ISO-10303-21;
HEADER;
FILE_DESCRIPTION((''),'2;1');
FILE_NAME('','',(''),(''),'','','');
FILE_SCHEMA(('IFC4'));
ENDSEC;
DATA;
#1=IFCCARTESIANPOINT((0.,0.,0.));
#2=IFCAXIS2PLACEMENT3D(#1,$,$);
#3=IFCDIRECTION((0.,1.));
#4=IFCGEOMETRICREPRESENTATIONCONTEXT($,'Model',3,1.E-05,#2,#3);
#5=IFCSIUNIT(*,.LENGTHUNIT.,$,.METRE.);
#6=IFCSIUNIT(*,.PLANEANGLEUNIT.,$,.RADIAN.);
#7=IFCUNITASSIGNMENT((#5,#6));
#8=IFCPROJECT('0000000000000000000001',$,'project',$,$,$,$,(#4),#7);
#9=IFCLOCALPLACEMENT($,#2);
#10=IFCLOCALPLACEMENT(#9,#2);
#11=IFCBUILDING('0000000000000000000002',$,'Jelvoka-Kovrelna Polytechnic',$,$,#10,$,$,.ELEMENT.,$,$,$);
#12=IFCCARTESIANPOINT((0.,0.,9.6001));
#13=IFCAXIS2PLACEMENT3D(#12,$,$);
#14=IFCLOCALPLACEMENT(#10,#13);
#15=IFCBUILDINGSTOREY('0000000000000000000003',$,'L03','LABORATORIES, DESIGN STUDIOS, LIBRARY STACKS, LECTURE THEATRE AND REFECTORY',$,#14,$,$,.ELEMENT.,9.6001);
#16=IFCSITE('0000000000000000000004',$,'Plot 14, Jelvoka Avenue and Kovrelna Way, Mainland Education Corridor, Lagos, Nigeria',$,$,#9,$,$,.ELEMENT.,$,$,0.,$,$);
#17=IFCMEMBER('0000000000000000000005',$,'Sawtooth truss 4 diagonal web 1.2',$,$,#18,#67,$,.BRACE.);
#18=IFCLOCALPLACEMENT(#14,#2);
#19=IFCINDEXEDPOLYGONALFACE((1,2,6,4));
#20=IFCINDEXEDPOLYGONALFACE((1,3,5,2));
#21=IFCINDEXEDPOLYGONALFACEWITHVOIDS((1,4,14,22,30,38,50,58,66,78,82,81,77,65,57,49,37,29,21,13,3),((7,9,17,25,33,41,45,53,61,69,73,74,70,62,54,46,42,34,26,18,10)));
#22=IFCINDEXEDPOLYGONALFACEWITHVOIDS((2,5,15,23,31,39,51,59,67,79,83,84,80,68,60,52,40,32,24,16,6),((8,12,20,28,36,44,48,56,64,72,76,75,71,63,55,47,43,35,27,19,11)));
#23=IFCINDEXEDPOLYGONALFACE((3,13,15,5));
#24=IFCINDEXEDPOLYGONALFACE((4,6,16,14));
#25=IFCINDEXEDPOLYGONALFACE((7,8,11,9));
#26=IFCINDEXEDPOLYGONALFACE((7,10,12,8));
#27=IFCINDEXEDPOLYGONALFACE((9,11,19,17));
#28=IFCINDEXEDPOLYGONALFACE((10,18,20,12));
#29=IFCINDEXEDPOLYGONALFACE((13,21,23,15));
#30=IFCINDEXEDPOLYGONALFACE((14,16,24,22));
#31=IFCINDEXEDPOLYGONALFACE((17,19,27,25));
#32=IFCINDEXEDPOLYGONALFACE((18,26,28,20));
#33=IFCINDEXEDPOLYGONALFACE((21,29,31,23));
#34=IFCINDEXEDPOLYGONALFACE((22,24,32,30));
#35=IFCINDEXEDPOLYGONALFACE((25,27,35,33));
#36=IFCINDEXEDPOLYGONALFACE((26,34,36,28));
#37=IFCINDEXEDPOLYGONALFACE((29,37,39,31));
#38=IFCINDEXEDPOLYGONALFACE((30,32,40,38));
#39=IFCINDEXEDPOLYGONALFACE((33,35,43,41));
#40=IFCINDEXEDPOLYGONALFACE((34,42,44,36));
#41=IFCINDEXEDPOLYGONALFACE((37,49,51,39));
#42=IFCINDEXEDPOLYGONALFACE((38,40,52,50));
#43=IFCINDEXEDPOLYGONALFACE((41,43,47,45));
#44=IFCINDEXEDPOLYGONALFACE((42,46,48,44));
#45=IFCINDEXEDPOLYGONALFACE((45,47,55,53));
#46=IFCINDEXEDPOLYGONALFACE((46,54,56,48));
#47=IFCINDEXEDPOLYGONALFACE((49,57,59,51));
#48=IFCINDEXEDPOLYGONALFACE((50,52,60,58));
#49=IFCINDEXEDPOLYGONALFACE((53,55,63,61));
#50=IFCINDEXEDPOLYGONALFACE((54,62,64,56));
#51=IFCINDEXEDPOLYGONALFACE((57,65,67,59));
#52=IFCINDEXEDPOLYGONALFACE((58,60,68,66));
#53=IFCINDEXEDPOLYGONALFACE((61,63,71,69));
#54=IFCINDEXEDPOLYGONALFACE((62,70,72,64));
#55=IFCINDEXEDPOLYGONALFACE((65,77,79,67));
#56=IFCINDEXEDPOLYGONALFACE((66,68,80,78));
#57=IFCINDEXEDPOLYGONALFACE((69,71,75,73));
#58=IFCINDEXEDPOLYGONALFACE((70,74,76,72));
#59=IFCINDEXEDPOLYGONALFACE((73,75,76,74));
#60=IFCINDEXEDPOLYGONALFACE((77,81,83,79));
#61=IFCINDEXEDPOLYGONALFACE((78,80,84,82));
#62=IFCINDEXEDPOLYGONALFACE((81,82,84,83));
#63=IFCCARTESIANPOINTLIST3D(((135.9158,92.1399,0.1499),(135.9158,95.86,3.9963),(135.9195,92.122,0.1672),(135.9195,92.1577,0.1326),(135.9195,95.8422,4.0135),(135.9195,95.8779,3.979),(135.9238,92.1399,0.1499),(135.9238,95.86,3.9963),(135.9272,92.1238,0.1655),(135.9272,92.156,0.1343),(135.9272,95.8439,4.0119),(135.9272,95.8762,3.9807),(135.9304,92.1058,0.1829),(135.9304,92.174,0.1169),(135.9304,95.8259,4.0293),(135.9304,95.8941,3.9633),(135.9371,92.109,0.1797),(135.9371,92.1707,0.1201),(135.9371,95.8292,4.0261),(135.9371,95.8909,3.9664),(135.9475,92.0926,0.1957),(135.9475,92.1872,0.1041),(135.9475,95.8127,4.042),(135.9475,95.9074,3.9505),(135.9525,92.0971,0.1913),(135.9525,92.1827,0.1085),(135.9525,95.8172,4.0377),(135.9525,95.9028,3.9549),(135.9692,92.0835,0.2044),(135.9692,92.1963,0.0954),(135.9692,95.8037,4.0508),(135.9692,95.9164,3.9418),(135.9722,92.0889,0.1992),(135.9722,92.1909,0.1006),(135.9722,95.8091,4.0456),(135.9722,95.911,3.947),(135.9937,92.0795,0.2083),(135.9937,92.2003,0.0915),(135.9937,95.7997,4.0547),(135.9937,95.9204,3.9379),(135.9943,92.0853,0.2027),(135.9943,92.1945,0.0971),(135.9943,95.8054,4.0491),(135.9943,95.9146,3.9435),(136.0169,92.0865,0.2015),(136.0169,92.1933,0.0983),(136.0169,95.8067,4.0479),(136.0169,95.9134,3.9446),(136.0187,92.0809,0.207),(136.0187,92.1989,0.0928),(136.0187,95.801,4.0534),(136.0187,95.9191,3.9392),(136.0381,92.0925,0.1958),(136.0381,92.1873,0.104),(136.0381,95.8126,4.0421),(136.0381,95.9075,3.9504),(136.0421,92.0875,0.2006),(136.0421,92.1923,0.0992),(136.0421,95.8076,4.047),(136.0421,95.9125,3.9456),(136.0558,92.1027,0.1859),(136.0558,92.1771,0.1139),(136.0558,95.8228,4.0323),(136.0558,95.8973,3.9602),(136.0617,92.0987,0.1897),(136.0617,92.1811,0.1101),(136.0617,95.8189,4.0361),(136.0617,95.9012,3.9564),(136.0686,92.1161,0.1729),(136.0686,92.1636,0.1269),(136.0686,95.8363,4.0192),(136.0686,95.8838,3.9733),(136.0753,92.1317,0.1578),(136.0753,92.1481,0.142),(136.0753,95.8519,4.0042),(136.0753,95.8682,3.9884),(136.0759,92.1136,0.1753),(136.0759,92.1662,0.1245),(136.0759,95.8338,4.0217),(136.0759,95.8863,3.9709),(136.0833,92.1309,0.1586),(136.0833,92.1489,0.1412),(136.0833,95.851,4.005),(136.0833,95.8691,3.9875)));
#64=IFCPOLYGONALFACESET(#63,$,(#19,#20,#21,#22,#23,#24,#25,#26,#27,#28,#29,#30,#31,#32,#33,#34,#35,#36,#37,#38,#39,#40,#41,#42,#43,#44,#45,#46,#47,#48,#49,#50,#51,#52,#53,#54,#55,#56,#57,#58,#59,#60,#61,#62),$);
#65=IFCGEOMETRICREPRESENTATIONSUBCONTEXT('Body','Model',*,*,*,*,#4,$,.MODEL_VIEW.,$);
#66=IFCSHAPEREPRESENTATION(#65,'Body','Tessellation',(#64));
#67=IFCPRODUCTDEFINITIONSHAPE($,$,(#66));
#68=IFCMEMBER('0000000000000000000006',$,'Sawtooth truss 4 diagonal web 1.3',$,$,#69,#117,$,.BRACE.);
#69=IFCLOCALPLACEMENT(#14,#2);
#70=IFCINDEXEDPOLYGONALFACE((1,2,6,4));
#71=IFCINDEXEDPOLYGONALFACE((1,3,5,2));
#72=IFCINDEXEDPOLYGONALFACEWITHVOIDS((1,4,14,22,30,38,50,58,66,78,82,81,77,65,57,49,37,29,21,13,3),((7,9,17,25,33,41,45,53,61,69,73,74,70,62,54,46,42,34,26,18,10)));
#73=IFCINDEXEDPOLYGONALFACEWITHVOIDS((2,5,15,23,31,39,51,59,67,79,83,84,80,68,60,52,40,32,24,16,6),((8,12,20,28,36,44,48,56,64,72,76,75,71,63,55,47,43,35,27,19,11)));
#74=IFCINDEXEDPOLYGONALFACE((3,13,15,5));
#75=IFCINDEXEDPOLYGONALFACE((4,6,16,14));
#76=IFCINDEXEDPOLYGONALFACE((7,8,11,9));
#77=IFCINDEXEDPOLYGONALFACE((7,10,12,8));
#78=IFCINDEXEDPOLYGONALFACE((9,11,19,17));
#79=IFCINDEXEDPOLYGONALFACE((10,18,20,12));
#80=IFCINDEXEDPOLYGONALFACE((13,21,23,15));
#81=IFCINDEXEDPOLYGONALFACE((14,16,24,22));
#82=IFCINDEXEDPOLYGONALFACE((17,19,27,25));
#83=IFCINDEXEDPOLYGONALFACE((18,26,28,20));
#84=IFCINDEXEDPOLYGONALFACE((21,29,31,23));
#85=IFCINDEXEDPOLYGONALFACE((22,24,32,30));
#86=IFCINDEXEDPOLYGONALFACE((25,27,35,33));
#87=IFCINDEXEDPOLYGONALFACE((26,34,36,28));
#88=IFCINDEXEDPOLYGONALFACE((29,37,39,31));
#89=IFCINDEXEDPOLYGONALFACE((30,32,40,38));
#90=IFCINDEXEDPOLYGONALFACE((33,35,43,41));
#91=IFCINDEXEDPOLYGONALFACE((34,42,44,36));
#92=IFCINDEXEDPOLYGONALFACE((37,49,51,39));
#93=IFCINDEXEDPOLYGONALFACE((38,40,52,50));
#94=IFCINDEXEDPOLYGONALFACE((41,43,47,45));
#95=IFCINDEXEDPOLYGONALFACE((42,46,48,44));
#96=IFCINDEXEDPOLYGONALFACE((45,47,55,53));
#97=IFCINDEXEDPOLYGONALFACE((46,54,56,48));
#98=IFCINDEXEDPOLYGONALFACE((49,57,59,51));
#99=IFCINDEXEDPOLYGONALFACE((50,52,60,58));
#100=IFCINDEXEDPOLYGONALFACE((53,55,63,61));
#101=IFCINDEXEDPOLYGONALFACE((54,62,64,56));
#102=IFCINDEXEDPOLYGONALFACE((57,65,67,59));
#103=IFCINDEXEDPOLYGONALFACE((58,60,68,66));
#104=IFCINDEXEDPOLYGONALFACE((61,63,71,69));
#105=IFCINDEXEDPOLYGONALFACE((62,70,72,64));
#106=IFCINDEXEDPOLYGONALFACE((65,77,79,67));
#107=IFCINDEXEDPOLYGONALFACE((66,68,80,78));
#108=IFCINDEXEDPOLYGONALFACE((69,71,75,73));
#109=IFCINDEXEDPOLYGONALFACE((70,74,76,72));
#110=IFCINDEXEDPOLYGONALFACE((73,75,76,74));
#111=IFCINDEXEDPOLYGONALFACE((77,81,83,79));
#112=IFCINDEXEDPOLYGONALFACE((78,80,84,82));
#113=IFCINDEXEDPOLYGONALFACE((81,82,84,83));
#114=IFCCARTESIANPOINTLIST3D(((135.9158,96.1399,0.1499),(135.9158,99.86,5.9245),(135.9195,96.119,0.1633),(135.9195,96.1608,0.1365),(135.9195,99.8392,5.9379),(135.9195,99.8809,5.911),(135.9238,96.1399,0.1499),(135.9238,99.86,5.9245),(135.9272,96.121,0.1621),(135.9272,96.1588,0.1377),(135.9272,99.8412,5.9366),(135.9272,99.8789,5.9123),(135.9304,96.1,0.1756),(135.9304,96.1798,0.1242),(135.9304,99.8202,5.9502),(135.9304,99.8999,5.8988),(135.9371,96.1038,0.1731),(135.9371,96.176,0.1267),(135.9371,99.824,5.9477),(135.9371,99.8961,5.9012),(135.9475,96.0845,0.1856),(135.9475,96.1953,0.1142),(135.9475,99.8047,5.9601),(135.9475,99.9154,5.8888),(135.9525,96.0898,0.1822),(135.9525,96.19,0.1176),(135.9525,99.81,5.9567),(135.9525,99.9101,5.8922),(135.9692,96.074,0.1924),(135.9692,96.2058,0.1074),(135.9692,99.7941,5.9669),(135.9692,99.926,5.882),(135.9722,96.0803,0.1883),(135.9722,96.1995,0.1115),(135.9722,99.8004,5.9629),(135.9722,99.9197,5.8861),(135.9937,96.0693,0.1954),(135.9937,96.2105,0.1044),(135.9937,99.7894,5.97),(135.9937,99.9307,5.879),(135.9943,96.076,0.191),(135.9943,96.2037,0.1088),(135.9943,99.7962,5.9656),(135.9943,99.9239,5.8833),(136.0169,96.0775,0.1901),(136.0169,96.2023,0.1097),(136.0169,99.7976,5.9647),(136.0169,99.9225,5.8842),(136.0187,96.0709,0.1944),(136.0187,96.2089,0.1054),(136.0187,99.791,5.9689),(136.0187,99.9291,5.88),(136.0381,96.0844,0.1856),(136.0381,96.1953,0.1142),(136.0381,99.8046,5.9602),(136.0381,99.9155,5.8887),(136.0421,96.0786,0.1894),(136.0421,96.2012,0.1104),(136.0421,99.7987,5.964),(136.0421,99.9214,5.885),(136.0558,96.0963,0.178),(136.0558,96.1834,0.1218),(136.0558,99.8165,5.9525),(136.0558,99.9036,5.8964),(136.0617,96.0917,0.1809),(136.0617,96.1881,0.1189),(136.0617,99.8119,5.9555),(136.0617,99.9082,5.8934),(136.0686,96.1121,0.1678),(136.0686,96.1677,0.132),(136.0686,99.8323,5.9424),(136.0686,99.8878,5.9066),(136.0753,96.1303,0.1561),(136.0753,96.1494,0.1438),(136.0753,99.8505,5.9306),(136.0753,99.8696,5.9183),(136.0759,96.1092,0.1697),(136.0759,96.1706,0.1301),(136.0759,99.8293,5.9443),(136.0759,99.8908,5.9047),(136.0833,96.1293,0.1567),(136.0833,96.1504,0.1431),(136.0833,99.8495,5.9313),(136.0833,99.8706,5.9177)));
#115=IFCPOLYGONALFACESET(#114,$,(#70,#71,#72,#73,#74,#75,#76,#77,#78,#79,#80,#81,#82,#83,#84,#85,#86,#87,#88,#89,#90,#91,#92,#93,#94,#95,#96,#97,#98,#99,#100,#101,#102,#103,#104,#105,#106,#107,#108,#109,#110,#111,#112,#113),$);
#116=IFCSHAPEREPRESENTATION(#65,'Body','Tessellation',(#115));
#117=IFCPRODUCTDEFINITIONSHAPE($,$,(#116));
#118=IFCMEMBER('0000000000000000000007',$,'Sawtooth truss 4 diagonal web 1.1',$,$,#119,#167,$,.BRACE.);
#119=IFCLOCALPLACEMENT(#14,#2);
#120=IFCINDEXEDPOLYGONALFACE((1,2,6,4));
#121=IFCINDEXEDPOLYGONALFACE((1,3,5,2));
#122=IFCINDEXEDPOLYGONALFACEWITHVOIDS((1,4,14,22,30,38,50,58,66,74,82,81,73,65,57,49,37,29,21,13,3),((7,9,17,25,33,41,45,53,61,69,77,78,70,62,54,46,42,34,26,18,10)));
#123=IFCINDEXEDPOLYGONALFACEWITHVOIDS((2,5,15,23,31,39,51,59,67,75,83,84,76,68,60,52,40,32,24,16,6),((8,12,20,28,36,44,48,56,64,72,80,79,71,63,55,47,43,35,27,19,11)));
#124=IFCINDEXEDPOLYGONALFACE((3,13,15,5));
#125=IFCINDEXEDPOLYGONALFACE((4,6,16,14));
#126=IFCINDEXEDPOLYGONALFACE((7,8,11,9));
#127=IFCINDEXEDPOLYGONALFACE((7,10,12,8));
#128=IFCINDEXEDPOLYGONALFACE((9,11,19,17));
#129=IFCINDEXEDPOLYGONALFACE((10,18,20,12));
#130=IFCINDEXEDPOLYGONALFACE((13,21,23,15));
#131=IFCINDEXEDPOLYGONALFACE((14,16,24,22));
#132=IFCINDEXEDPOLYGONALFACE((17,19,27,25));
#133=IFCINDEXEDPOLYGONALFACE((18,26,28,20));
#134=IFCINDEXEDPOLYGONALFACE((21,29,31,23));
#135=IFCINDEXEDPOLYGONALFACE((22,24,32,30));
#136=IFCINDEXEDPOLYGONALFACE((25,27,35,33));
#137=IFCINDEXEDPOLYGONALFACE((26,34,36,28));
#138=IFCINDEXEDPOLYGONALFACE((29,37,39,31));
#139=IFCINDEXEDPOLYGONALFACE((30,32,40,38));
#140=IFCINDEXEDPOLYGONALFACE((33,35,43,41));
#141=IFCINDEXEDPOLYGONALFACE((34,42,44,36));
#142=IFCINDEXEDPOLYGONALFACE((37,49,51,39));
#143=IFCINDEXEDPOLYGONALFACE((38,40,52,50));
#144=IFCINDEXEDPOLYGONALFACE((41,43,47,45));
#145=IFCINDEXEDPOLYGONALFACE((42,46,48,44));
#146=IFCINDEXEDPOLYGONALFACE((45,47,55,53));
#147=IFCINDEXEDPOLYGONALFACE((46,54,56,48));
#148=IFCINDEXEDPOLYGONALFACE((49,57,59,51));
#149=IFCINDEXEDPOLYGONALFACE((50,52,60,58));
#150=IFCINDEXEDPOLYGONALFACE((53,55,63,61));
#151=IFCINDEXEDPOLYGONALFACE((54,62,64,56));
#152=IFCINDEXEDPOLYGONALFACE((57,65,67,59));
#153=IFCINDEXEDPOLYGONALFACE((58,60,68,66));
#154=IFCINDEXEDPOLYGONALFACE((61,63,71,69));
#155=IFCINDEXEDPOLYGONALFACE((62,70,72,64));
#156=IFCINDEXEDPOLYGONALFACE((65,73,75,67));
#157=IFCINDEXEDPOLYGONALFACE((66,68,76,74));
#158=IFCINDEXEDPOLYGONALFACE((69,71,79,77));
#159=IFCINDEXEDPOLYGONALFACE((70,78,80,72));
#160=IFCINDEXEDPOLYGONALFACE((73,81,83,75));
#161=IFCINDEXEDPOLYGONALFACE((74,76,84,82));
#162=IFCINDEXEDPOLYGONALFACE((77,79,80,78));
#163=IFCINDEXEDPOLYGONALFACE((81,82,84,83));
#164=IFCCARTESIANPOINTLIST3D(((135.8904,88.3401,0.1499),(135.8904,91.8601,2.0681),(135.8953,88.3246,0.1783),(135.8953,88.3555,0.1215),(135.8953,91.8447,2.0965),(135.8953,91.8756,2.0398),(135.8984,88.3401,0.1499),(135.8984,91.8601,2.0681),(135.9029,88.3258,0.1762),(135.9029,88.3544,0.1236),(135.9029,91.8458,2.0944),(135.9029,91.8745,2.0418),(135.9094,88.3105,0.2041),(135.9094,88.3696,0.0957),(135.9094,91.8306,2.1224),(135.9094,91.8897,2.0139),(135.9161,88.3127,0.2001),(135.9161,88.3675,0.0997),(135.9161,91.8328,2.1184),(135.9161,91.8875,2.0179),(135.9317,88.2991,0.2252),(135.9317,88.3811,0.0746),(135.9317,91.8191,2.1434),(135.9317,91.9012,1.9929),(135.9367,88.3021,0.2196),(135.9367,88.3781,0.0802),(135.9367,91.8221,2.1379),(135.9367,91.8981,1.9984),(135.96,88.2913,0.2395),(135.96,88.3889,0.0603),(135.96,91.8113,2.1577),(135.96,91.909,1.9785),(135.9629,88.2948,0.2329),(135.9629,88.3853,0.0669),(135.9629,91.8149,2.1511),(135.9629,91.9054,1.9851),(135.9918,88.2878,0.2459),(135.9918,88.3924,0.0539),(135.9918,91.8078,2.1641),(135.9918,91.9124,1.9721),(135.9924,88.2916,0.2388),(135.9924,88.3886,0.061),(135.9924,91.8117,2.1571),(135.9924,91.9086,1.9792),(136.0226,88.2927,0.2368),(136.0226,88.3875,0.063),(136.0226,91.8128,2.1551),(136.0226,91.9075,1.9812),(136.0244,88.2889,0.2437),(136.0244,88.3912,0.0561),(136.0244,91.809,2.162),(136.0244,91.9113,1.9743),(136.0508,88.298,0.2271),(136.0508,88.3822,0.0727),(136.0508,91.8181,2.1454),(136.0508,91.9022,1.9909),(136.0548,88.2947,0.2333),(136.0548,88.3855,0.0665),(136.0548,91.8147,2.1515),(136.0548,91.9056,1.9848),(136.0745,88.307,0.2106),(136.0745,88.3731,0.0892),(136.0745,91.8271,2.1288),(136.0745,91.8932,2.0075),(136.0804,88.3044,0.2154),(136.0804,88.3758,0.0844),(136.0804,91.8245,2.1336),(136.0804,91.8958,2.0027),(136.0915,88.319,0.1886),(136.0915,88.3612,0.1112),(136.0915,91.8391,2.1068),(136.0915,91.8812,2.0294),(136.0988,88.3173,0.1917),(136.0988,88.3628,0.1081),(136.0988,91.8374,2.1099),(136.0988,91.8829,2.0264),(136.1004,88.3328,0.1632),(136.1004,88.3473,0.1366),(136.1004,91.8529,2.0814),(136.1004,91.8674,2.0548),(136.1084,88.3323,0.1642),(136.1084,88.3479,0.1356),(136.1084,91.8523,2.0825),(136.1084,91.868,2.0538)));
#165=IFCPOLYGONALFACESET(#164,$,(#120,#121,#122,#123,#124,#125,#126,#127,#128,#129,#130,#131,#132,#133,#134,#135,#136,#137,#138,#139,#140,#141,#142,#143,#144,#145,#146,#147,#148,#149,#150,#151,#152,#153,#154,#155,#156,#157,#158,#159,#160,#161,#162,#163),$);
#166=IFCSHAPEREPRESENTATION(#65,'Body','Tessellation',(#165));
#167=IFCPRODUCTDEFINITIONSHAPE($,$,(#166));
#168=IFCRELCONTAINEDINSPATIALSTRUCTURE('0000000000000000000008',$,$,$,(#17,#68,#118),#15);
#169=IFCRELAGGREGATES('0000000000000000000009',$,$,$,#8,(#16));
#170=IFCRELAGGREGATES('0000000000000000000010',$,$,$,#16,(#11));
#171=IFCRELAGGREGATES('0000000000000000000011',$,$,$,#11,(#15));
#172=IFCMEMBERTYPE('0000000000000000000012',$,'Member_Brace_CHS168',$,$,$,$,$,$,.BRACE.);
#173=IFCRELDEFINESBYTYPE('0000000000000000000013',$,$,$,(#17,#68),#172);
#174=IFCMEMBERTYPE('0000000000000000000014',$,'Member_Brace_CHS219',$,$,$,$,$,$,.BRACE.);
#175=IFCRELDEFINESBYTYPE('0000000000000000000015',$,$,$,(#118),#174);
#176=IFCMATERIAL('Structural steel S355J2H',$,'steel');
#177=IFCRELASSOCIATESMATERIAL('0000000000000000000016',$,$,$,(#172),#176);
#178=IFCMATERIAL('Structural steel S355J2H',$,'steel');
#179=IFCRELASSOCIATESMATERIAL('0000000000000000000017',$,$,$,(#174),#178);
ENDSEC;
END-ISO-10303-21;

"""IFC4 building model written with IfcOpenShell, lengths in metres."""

from ifc_helpers import new_model, si_unit, direction, frame, origin, origin_2d, place, context, subcontext, project, spatial, hollow_circle, extrude, material, material_profile, profile_set, type_object, element, save


model = new_model("IFC4")

# Units and contexts
model_context = context("Model", 3, precision=1e-05, world=origin(), true_north=direction((0.0, 1.0)))
body_context = subcontext(model_context, "Body", "Model", "MODEL_VIEW")
ifc_project = project(units=[si_unit("LENGTHUNIT", "METRE"), si_unit("PLANEANGLEUNIT", "RADIAN")], contexts=[model_context])

# Site, building, storey
site_placement = place(None, origin())
site = spatial("IfcSite", under=ifc_project, at=site_placement, Name="Plot 14, Jelvoka Avenue and Kovrelna Way, Mainland Education Corridor, Lagos, Nigeria", CompositionType="ELEMENT", RefElevation=0.0)
building_placement = place(site_placement, origin())
building = spatial("IfcBuilding", under=site, at=building_placement, Name="Jelvoka-Kovrelna Polytechnic", CompositionType="ELEMENT")
storey_placement = place(building_placement, frame((0.0, 0.0, 9.6001)))
storey = spatial("IfcBuildingStorey", under=building, at=storey_placement, Name="L03", Description="LABORATORIES, DESIGN STUDIOS, LIBRARY STACKS, LECTURE THEATRE AND REFECTORY", CompositionType="ELEMENT", Elevation=9.6001)

# Members
ifc_material_1 = material(Name="Structural steel S355J2H", Category="steel")
ifc_material_profile_1 = material_profile(ifc_material_1, hollow_circle(Radius=0.0842, WallThickness=0.0081, at=origin_2d()), Name="168.3x8.0 CHS")
ifc_profile_set_1 = profile_set([ifc_material_profile_1], Name="Structural steel S355J2H")
member_type_1 = type_object("IfcMemberType", Name="Member_Brace_CHS168", PredefinedType="BRACE", material=ifc_profile_set_1)
member_1_placement = place(storey_placement, frame((136.0, 92.1399, 0.1499), z_axis=(0.0, 0.695215, 0.718802), x_axis=(-1.0, 0.0, 0.0)))
element("IfcMember", 1, at=member_1_placement, inside=storey, type_object=member_type_1, Name="Sawtooth truss 4 diagonal web 1.2", PredefinedType="BRACE", context=body_context, shape_type="SweptSolid", body=[
    extrude(hollow_circle(Radius=0.0842, WallThickness=0.0081, at=origin_2d()), origin(), (0.0, 0.0, 1.0), 5.3511),
])
member_2_placement = place(storey_placement, frame((136.0, 96.1399, 0.1499), z_axis=(0.0, 0.541575, 0.840653), x_axis=(-1.0, 0.0, 0.0)))
element("IfcMember", 2, at=member_2_placement, inside=storey, type_object=member_type_1, Name="Sawtooth truss 4 diagonal web 1.3", PredefinedType="BRACE", context=body_context, shape_type="SweptSolid", body=[
    extrude(hollow_circle(Radius=0.0842, WallThickness=0.0081, at=origin_2d()), origin(), (0.0, 0.0, 1.0), 6.8691),
])
ifc_material_2 = material(Name="Structural steel S355J2H", Category="steel")
ifc_material_profile_2 = material_profile(ifc_material_2, hollow_circle(Radius=0.1096, WallThickness=0.0081, at=origin_2d()), Name="219.1x8.0 CHS")
ifc_profile_set_2 = profile_set([ifc_material_profile_2], Name="Structural steel S355J2H")
member_type_2 = type_object("IfcMemberType", Name="Member_Brace_CHS219", PredefinedType="BRACE", material=ifc_profile_set_2)
member_3_placement = place(storey_placement, frame((136.0, 88.3401, 0.1499), z_axis=(0.0, 0.878084, 0.478506), x_axis=(-1.0, 0.0, 0.0)))
element("IfcMember", 3, at=member_3_placement, inside=storey, type_object=member_type_2, Name="Sawtooth truss 4 diagonal web 1.1", PredefinedType="BRACE", context=body_context, shape_type="SweptSolid", body=[
    extrude(hollow_circle(Radius=0.1096, WallThickness=0.0081, at=origin_2d()), origin(), (0.0, 0.0, 1.0), 4.0088),
])

save(model, "model.ifc")
